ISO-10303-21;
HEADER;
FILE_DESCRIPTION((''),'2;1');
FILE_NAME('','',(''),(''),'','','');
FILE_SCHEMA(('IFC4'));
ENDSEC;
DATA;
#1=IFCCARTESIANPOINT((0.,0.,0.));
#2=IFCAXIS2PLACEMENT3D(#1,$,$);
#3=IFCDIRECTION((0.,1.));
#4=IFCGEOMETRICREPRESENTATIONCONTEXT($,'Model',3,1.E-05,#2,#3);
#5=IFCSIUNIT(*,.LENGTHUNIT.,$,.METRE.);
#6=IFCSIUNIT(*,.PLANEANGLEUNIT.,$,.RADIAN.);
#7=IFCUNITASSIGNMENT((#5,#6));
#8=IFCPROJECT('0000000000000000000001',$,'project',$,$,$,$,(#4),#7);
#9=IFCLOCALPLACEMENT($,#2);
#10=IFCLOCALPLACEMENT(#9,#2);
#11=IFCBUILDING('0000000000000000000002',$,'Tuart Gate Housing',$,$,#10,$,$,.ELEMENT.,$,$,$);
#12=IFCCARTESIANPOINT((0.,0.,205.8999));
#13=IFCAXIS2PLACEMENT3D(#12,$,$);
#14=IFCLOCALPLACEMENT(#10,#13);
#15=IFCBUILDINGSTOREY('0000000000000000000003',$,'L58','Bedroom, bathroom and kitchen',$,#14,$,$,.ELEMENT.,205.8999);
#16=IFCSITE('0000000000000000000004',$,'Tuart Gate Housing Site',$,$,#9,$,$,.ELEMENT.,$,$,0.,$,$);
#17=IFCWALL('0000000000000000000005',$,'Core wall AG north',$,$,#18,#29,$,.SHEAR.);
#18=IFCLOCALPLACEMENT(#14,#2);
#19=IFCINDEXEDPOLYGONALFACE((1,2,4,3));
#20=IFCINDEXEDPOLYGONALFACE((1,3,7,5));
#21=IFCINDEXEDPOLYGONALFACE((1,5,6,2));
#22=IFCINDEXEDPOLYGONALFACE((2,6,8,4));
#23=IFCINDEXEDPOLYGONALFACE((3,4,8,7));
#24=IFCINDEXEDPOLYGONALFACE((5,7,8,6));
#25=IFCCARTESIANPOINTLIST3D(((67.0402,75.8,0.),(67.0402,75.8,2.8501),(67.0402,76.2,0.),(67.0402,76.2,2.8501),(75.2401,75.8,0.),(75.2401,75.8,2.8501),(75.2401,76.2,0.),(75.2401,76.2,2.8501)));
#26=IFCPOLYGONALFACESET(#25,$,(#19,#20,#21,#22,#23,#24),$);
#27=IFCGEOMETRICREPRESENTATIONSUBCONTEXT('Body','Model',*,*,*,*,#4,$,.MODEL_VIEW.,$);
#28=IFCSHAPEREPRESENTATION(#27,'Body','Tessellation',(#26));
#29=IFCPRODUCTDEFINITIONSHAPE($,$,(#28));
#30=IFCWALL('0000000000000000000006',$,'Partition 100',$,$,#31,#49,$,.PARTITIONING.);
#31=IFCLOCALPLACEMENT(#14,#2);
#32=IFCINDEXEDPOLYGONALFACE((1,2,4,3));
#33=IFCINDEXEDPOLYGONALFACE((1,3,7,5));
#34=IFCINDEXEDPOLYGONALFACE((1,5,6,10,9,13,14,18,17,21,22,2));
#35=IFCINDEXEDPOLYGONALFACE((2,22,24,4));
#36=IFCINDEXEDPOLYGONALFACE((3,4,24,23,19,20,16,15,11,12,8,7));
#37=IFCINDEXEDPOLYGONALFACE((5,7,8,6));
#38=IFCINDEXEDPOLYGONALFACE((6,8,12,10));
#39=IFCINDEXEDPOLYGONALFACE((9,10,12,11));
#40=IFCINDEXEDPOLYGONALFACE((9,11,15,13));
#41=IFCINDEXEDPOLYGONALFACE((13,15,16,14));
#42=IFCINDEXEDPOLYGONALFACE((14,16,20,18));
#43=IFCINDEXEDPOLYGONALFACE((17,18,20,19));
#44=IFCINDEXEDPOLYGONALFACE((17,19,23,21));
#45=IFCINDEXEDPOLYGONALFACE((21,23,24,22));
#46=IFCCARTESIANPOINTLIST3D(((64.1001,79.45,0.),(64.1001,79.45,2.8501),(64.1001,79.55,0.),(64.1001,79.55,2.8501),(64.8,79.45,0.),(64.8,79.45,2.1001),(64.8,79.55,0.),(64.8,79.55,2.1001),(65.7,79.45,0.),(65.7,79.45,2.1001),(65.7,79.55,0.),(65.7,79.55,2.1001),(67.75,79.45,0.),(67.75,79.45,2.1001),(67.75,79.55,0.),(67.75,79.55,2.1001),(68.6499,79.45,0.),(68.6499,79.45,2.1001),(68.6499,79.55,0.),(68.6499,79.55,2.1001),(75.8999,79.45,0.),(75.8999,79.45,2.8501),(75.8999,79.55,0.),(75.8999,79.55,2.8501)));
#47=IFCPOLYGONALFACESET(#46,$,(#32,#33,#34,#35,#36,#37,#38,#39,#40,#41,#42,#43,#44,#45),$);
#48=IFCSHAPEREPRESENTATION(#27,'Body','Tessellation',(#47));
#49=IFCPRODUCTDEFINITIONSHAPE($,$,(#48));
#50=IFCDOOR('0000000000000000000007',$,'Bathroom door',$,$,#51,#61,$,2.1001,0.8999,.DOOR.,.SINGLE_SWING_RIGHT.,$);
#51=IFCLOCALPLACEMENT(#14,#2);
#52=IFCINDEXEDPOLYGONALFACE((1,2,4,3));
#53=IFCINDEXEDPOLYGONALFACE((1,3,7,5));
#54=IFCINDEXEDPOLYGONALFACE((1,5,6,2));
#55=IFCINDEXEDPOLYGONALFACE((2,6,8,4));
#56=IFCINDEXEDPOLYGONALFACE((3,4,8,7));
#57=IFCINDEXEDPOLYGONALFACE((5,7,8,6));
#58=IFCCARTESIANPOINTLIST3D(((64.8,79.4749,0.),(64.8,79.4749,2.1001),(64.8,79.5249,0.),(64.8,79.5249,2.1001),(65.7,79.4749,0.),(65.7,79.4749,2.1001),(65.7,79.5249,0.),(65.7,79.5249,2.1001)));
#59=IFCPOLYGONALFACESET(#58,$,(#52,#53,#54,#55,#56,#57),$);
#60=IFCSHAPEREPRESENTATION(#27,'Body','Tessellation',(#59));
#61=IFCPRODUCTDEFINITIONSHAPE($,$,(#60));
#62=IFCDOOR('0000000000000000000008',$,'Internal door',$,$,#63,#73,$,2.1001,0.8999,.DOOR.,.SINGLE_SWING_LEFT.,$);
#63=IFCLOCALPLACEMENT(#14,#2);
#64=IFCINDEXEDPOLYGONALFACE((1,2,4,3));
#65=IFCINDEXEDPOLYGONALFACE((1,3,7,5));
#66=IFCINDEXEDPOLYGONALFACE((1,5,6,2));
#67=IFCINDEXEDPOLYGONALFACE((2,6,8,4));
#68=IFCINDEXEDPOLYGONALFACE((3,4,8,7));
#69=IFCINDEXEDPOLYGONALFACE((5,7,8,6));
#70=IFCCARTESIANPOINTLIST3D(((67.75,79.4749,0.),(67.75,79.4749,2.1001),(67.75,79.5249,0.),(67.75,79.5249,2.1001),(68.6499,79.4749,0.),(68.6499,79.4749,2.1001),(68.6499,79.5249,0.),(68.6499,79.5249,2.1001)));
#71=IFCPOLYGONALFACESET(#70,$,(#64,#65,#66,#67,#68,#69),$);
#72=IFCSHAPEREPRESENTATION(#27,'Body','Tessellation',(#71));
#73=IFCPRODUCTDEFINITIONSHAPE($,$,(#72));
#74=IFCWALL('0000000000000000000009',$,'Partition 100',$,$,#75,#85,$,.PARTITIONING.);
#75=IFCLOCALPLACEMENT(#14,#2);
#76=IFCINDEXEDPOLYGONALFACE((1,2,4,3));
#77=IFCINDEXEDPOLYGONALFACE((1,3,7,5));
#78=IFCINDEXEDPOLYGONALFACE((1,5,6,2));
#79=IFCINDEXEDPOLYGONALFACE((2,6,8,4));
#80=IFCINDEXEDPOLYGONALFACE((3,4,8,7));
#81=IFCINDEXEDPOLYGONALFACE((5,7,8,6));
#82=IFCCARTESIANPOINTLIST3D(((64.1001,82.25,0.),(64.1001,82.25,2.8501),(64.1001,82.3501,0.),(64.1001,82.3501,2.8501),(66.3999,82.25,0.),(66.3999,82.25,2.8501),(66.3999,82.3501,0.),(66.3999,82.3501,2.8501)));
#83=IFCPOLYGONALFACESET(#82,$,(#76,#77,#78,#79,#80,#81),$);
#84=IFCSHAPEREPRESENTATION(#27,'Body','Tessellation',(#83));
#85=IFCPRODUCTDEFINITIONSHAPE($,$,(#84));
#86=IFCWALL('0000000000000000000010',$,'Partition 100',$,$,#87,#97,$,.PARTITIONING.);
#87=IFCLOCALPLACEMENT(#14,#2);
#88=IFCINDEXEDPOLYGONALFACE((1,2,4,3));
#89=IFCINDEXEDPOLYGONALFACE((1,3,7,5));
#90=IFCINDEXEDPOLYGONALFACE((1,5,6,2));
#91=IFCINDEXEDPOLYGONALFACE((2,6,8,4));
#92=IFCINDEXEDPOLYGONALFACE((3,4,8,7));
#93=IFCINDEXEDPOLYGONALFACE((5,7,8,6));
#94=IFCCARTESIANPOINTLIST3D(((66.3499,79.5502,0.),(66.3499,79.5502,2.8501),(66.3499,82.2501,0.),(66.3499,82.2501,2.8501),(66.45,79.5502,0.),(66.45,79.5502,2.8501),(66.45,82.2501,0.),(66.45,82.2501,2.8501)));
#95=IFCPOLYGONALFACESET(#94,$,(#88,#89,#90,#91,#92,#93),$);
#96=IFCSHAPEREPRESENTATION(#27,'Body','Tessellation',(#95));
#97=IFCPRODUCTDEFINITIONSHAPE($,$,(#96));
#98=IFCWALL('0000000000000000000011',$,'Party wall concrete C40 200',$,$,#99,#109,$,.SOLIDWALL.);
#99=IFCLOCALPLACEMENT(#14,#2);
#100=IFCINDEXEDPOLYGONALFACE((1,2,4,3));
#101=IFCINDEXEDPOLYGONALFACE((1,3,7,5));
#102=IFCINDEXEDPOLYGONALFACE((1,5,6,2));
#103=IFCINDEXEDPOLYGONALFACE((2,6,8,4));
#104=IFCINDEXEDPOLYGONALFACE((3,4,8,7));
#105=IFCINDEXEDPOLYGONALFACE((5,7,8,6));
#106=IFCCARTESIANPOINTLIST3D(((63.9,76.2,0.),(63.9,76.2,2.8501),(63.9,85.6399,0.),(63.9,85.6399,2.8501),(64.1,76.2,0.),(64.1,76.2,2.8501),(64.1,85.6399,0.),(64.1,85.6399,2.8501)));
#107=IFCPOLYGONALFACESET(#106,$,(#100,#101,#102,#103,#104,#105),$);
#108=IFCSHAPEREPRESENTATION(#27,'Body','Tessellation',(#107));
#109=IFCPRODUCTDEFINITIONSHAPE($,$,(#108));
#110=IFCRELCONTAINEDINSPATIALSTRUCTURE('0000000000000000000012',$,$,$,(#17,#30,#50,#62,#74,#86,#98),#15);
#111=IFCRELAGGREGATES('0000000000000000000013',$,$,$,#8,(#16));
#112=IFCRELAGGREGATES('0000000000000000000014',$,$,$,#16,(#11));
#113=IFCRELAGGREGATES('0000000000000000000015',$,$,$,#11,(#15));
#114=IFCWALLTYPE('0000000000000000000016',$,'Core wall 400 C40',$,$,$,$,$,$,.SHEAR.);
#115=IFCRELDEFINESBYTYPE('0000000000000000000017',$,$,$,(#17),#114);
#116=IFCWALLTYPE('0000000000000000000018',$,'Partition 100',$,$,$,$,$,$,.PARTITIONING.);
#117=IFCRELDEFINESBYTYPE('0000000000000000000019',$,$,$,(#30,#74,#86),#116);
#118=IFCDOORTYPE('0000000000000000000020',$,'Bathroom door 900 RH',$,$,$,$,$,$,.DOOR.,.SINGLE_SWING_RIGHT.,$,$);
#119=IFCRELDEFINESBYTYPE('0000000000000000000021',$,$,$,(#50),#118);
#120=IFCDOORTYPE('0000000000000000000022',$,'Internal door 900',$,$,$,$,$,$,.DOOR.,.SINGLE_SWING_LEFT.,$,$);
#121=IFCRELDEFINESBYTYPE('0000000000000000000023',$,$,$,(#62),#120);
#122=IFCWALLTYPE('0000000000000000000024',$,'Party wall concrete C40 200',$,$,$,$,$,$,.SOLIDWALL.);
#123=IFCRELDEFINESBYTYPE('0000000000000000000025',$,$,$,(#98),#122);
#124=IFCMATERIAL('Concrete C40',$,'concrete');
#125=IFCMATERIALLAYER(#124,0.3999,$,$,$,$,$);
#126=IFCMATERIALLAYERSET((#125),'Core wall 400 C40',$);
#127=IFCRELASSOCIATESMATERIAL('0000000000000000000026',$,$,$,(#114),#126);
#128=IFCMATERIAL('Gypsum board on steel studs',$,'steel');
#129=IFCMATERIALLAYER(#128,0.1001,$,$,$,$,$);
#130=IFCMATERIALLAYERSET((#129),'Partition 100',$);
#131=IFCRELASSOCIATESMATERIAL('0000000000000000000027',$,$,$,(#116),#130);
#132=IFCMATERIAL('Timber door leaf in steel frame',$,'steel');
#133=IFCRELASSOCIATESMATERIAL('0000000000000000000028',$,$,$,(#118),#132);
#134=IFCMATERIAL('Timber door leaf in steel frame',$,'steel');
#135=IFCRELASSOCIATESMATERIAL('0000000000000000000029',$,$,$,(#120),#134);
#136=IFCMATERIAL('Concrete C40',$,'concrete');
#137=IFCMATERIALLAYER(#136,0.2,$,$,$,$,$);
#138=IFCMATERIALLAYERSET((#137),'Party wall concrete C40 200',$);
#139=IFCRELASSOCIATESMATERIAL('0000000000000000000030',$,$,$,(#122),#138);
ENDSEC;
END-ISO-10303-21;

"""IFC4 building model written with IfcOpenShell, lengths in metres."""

from ifc_helpers import new_model, si_unit, direction, frame, frame_2d, origin, place, context, subcontext, project, spatial, rectangle, extrude, material, layer, layer_set, type_object, element, fill, save


model = new_model("IFC4")

# Units and contexts
model_context = context("Model", 3, precision=1e-05, world=origin(), true_north=direction((0.0, 1.0)))
body_context = subcontext(model_context, "Body", "Model", "MODEL_VIEW")
ifc_project = project(units=[si_unit("LENGTHUNIT", "METRE"), si_unit("PLANEANGLEUNIT", "RADIAN")], contexts=[model_context])

# Site, building, storey
site_placement = place(None, origin())
site = spatial("IfcSite", under=ifc_project, at=site_placement, Name="Tuart Gate Housing Site", CompositionType="ELEMENT", RefElevation=0.0)
building_placement = place(site_placement, origin())
building = spatial("IfcBuilding", under=site, at=building_placement, Name="Tuart Gate Housing", CompositionType="ELEMENT")
storey_placement = place(building_placement, frame((0.0, 0.0, 205.8999)))
storey = spatial("IfcBuildingStorey", under=building, at=storey_placement, Name="L58", Description="Bedroom, bathroom and kitchen", CompositionType="ELEMENT", Elevation=205.8999)

# Wall
ifc_material_1 = material(Name="Concrete C40", Category="concrete")
ifc_layer_1 = layer(ifc_material_1, 0.3999)
ifc_layer_set_1 = layer_set([ifc_layer_1], Name="Core wall 400 C40")
wall_type_1 = type_object("IfcWallType", Name="Core wall 400 C40", PredefinedType="SHEAR", material=ifc_layer_set_1)
wall_1_placement = place(storey_placement, frame((67.04, 76.0, 0.0), z_axis=(0.0, 0.0, 1.0), x_axis=(1.0, 0.0, 0.0)))
element("IfcWall", 1, at=wall_1_placement, inside=storey, type_object=wall_type_1, Name="Core wall AG north", PredefinedType="SHEAR", context=body_context, shape_type="SweptSolid", body=[
    extrude(rectangle(XDim=8.2, YDim=0.3999, at=frame_2d((4.1001, 0.0))), origin(), (0.0, 0.0, 1.0), 2.8501),
])

# Wall, openings, doors
ifc_material_2 = material(Name="Gypsum board on steel studs", Category="steel")
ifc_layer_2 = layer(ifc_material_2, 0.1001)
ifc_layer_set_2 = layer_set([ifc_layer_2], Name="Partition 100")
wall_type_2 = type_object("IfcWallType", Name="Partition 100", PredefinedType="PARTITIONING", material=ifc_layer_set_2)
wall_2_placement = place(storey_placement, frame((64.1001, 79.5, 0.0), z_axis=(0.0, 0.0, 1.0), x_axis=(1.0, 0.0, 0.0)))
wall_2 = element("IfcWall", 2, at=wall_2_placement, inside=storey, type_object=wall_type_2, Name="Partition 100", PredefinedType="PARTITIONING", context=body_context, shape_type="SweptSolid", body=[
    extrude(rectangle(XDim=11.7998, YDim=0.1001, at=frame_2d((5.8999, 0.0))), origin(), (0.0, 0.0, 1.0), 2.8501),
])
opening_1_placement = place(wall_2_placement, frame((3.6499, 0.0, 0.0)))
opening_1 = element("IfcOpeningElement", 3, at=opening_1_placement, cuts=wall_2, PredefinedType="OPENING", context=body_context, shape_type="SweptSolid", body=[
    extrude(rectangle(XDim=0.8999, YDim=2.1001, at=frame_2d((0.45, 1.05))), frame((0.0, 0.0601, 0.0), z_axis=(0.0, -1.0, 0.0), x_axis=(1.0, 0.0, 0.0)), (0.0, 0.0, 1.0), 0.1201),
])
opening_2_placement = place(wall_2_placement, frame((0.7, 0.0, 0.0)))
opening_2 = element("IfcOpeningElement", 4, at=opening_2_placement, cuts=wall_2, PredefinedType="OPENING", context=body_context, shape_type="SweptSolid", body=[
    extrude(rectangle(XDim=0.8999, YDim=2.1001, at=frame_2d((0.45, 1.05))), frame((0.0, 0.0601, 0.0), z_axis=(0.0, -1.0, 0.0), x_axis=(1.0, 0.0, 0.0)), (0.0, 0.0, 1.0), 0.1201),
])
ifc_material_3 = material(Name="Timber door leaf in steel frame", Category="steel")
door_type_1 = type_object("IfcDoorType", Name="Bathroom door 900 RH", OperationType="SINGLE_SWING_RIGHT", PredefinedType="DOOR", material=ifc_material_3)
door_1_placement = place(opening_2_placement, origin())
door_1 = element("IfcDoor", 5, at=door_1_placement, inside=storey, type_object=door_type_1, Name="Bathroom door", OperationType="SINGLE_SWING_RIGHT", OverallHeight=2.1001, OverallWidth=0.8999, PredefinedType="DOOR", context=body_context, shape_type="SweptSolid", body=[
    extrude(rectangle(XDim=0.8999, YDim=2.1001, at=frame_2d((0.45, 1.05))), frame((0.0, 0.0249, 0.0), z_axis=(0.0, -1.0, 0.0), x_axis=(1.0, 0.0, 0.0)), (0.0, 0.0, 1.0), 0.05),
])
fill(opening_2, door_1)
ifc_material_4 = material(Name="Timber door leaf in steel frame", Category="steel")
door_type_2 = type_object("IfcDoorType", Name="Internal door 900", OperationType="SINGLE_SWING_LEFT", PredefinedType="DOOR", material=ifc_material_4)
door_2_placement = place(opening_1_placement, frame((0.8999, 0.0, 0.0), z_axis=(0.0, 0.0, 1.0), x_axis=(-1.0, 0.0, 0.0)))
door_2 = element("IfcDoor", 6, at=door_2_placement, inside=storey, type_object=door_type_2, Name="Internal door", OperationType="SINGLE_SWING_LEFT", OverallHeight=2.1001, OverallWidth=0.8999, PredefinedType="DOOR", context=body_context, shape_type="SweptSolid", body=[
    extrude(rectangle(XDim=0.8999, YDim=2.1001, at=frame_2d((0.45, 1.05))), frame((0.0, 0.0251, 0.0), z_axis=(0.0, -1.0, 0.0), x_axis=(1.0, 0.0, 0.0)), (0.0, 0.0, 1.0), 0.05),
])
fill(opening_1, door_2)

# Walls
wall_3_placement = place(storey_placement, frame((64.1001, 82.3, 0.0), z_axis=(0.0, 0.0, 1.0), x_axis=(1.0, 0.0, 0.0)))
element("IfcWall", 7, at=wall_3_placement, inside=storey, type_object=wall_type_2, Name="Partition 100", PredefinedType="PARTITIONING", context=body_context, shape_type="SweptSolid", body=[
    extrude(rectangle(XDim=2.2998, YDim=0.1001, at=frame_2d((1.1499, 0.0))), origin(), (0.0, 0.0, 1.0), 2.8501),
])
wall_4_placement = place(storey_placement, frame((66.3999, 79.55, 0.0), z_axis=(0.0, 0.0, 1.0), x_axis=(0.0, 1.0, 0.0)))
element("IfcWall", 8, at=wall_4_placement, inside=storey, type_object=wall_type_2, Name="Partition 100", PredefinedType="PARTITIONING", context=body_context, shape_type="SweptSolid", body=[
    extrude(rectangle(XDim=2.7, YDim=0.1001, at=frame_2d((1.3501, 0.0))), origin(), (0.0, 0.0, 1.0), 2.8501),
])
ifc_material_5 = material(Name="Concrete C40", Category="concrete")
ifc_layer_3 = layer(ifc_material_5, 0.2)
ifc_layer_set_3 = layer_set([ifc_layer_3], Name="Party wall concrete C40 200")
wall_type_3 = type_object("IfcWallType", Name="Party wall concrete C40 200", PredefinedType="SOLIDWALL", material=ifc_layer_set_3)
wall_5_placement = place(storey_placement, frame((64.0, 76.2, 0.0), z_axis=(0.0, 0.0, 1.0), x_axis=(0.0, 1.0, 0.0)))
element("IfcWall", 9, at=wall_5_placement, inside=storey, type_object=wall_type_3, Name="Party wall concrete C40 200", PredefinedType="SOLIDWALL", context=body_context, shape_type="SweptSolid", body=[
    extrude(rectangle(XDim=9.4399, YDim=0.2, at=frame_2d((4.72, 0.0))), origin(), (0.0, 0.0, 1.0), 2.8501),
])

save(model, "model.ifc")
